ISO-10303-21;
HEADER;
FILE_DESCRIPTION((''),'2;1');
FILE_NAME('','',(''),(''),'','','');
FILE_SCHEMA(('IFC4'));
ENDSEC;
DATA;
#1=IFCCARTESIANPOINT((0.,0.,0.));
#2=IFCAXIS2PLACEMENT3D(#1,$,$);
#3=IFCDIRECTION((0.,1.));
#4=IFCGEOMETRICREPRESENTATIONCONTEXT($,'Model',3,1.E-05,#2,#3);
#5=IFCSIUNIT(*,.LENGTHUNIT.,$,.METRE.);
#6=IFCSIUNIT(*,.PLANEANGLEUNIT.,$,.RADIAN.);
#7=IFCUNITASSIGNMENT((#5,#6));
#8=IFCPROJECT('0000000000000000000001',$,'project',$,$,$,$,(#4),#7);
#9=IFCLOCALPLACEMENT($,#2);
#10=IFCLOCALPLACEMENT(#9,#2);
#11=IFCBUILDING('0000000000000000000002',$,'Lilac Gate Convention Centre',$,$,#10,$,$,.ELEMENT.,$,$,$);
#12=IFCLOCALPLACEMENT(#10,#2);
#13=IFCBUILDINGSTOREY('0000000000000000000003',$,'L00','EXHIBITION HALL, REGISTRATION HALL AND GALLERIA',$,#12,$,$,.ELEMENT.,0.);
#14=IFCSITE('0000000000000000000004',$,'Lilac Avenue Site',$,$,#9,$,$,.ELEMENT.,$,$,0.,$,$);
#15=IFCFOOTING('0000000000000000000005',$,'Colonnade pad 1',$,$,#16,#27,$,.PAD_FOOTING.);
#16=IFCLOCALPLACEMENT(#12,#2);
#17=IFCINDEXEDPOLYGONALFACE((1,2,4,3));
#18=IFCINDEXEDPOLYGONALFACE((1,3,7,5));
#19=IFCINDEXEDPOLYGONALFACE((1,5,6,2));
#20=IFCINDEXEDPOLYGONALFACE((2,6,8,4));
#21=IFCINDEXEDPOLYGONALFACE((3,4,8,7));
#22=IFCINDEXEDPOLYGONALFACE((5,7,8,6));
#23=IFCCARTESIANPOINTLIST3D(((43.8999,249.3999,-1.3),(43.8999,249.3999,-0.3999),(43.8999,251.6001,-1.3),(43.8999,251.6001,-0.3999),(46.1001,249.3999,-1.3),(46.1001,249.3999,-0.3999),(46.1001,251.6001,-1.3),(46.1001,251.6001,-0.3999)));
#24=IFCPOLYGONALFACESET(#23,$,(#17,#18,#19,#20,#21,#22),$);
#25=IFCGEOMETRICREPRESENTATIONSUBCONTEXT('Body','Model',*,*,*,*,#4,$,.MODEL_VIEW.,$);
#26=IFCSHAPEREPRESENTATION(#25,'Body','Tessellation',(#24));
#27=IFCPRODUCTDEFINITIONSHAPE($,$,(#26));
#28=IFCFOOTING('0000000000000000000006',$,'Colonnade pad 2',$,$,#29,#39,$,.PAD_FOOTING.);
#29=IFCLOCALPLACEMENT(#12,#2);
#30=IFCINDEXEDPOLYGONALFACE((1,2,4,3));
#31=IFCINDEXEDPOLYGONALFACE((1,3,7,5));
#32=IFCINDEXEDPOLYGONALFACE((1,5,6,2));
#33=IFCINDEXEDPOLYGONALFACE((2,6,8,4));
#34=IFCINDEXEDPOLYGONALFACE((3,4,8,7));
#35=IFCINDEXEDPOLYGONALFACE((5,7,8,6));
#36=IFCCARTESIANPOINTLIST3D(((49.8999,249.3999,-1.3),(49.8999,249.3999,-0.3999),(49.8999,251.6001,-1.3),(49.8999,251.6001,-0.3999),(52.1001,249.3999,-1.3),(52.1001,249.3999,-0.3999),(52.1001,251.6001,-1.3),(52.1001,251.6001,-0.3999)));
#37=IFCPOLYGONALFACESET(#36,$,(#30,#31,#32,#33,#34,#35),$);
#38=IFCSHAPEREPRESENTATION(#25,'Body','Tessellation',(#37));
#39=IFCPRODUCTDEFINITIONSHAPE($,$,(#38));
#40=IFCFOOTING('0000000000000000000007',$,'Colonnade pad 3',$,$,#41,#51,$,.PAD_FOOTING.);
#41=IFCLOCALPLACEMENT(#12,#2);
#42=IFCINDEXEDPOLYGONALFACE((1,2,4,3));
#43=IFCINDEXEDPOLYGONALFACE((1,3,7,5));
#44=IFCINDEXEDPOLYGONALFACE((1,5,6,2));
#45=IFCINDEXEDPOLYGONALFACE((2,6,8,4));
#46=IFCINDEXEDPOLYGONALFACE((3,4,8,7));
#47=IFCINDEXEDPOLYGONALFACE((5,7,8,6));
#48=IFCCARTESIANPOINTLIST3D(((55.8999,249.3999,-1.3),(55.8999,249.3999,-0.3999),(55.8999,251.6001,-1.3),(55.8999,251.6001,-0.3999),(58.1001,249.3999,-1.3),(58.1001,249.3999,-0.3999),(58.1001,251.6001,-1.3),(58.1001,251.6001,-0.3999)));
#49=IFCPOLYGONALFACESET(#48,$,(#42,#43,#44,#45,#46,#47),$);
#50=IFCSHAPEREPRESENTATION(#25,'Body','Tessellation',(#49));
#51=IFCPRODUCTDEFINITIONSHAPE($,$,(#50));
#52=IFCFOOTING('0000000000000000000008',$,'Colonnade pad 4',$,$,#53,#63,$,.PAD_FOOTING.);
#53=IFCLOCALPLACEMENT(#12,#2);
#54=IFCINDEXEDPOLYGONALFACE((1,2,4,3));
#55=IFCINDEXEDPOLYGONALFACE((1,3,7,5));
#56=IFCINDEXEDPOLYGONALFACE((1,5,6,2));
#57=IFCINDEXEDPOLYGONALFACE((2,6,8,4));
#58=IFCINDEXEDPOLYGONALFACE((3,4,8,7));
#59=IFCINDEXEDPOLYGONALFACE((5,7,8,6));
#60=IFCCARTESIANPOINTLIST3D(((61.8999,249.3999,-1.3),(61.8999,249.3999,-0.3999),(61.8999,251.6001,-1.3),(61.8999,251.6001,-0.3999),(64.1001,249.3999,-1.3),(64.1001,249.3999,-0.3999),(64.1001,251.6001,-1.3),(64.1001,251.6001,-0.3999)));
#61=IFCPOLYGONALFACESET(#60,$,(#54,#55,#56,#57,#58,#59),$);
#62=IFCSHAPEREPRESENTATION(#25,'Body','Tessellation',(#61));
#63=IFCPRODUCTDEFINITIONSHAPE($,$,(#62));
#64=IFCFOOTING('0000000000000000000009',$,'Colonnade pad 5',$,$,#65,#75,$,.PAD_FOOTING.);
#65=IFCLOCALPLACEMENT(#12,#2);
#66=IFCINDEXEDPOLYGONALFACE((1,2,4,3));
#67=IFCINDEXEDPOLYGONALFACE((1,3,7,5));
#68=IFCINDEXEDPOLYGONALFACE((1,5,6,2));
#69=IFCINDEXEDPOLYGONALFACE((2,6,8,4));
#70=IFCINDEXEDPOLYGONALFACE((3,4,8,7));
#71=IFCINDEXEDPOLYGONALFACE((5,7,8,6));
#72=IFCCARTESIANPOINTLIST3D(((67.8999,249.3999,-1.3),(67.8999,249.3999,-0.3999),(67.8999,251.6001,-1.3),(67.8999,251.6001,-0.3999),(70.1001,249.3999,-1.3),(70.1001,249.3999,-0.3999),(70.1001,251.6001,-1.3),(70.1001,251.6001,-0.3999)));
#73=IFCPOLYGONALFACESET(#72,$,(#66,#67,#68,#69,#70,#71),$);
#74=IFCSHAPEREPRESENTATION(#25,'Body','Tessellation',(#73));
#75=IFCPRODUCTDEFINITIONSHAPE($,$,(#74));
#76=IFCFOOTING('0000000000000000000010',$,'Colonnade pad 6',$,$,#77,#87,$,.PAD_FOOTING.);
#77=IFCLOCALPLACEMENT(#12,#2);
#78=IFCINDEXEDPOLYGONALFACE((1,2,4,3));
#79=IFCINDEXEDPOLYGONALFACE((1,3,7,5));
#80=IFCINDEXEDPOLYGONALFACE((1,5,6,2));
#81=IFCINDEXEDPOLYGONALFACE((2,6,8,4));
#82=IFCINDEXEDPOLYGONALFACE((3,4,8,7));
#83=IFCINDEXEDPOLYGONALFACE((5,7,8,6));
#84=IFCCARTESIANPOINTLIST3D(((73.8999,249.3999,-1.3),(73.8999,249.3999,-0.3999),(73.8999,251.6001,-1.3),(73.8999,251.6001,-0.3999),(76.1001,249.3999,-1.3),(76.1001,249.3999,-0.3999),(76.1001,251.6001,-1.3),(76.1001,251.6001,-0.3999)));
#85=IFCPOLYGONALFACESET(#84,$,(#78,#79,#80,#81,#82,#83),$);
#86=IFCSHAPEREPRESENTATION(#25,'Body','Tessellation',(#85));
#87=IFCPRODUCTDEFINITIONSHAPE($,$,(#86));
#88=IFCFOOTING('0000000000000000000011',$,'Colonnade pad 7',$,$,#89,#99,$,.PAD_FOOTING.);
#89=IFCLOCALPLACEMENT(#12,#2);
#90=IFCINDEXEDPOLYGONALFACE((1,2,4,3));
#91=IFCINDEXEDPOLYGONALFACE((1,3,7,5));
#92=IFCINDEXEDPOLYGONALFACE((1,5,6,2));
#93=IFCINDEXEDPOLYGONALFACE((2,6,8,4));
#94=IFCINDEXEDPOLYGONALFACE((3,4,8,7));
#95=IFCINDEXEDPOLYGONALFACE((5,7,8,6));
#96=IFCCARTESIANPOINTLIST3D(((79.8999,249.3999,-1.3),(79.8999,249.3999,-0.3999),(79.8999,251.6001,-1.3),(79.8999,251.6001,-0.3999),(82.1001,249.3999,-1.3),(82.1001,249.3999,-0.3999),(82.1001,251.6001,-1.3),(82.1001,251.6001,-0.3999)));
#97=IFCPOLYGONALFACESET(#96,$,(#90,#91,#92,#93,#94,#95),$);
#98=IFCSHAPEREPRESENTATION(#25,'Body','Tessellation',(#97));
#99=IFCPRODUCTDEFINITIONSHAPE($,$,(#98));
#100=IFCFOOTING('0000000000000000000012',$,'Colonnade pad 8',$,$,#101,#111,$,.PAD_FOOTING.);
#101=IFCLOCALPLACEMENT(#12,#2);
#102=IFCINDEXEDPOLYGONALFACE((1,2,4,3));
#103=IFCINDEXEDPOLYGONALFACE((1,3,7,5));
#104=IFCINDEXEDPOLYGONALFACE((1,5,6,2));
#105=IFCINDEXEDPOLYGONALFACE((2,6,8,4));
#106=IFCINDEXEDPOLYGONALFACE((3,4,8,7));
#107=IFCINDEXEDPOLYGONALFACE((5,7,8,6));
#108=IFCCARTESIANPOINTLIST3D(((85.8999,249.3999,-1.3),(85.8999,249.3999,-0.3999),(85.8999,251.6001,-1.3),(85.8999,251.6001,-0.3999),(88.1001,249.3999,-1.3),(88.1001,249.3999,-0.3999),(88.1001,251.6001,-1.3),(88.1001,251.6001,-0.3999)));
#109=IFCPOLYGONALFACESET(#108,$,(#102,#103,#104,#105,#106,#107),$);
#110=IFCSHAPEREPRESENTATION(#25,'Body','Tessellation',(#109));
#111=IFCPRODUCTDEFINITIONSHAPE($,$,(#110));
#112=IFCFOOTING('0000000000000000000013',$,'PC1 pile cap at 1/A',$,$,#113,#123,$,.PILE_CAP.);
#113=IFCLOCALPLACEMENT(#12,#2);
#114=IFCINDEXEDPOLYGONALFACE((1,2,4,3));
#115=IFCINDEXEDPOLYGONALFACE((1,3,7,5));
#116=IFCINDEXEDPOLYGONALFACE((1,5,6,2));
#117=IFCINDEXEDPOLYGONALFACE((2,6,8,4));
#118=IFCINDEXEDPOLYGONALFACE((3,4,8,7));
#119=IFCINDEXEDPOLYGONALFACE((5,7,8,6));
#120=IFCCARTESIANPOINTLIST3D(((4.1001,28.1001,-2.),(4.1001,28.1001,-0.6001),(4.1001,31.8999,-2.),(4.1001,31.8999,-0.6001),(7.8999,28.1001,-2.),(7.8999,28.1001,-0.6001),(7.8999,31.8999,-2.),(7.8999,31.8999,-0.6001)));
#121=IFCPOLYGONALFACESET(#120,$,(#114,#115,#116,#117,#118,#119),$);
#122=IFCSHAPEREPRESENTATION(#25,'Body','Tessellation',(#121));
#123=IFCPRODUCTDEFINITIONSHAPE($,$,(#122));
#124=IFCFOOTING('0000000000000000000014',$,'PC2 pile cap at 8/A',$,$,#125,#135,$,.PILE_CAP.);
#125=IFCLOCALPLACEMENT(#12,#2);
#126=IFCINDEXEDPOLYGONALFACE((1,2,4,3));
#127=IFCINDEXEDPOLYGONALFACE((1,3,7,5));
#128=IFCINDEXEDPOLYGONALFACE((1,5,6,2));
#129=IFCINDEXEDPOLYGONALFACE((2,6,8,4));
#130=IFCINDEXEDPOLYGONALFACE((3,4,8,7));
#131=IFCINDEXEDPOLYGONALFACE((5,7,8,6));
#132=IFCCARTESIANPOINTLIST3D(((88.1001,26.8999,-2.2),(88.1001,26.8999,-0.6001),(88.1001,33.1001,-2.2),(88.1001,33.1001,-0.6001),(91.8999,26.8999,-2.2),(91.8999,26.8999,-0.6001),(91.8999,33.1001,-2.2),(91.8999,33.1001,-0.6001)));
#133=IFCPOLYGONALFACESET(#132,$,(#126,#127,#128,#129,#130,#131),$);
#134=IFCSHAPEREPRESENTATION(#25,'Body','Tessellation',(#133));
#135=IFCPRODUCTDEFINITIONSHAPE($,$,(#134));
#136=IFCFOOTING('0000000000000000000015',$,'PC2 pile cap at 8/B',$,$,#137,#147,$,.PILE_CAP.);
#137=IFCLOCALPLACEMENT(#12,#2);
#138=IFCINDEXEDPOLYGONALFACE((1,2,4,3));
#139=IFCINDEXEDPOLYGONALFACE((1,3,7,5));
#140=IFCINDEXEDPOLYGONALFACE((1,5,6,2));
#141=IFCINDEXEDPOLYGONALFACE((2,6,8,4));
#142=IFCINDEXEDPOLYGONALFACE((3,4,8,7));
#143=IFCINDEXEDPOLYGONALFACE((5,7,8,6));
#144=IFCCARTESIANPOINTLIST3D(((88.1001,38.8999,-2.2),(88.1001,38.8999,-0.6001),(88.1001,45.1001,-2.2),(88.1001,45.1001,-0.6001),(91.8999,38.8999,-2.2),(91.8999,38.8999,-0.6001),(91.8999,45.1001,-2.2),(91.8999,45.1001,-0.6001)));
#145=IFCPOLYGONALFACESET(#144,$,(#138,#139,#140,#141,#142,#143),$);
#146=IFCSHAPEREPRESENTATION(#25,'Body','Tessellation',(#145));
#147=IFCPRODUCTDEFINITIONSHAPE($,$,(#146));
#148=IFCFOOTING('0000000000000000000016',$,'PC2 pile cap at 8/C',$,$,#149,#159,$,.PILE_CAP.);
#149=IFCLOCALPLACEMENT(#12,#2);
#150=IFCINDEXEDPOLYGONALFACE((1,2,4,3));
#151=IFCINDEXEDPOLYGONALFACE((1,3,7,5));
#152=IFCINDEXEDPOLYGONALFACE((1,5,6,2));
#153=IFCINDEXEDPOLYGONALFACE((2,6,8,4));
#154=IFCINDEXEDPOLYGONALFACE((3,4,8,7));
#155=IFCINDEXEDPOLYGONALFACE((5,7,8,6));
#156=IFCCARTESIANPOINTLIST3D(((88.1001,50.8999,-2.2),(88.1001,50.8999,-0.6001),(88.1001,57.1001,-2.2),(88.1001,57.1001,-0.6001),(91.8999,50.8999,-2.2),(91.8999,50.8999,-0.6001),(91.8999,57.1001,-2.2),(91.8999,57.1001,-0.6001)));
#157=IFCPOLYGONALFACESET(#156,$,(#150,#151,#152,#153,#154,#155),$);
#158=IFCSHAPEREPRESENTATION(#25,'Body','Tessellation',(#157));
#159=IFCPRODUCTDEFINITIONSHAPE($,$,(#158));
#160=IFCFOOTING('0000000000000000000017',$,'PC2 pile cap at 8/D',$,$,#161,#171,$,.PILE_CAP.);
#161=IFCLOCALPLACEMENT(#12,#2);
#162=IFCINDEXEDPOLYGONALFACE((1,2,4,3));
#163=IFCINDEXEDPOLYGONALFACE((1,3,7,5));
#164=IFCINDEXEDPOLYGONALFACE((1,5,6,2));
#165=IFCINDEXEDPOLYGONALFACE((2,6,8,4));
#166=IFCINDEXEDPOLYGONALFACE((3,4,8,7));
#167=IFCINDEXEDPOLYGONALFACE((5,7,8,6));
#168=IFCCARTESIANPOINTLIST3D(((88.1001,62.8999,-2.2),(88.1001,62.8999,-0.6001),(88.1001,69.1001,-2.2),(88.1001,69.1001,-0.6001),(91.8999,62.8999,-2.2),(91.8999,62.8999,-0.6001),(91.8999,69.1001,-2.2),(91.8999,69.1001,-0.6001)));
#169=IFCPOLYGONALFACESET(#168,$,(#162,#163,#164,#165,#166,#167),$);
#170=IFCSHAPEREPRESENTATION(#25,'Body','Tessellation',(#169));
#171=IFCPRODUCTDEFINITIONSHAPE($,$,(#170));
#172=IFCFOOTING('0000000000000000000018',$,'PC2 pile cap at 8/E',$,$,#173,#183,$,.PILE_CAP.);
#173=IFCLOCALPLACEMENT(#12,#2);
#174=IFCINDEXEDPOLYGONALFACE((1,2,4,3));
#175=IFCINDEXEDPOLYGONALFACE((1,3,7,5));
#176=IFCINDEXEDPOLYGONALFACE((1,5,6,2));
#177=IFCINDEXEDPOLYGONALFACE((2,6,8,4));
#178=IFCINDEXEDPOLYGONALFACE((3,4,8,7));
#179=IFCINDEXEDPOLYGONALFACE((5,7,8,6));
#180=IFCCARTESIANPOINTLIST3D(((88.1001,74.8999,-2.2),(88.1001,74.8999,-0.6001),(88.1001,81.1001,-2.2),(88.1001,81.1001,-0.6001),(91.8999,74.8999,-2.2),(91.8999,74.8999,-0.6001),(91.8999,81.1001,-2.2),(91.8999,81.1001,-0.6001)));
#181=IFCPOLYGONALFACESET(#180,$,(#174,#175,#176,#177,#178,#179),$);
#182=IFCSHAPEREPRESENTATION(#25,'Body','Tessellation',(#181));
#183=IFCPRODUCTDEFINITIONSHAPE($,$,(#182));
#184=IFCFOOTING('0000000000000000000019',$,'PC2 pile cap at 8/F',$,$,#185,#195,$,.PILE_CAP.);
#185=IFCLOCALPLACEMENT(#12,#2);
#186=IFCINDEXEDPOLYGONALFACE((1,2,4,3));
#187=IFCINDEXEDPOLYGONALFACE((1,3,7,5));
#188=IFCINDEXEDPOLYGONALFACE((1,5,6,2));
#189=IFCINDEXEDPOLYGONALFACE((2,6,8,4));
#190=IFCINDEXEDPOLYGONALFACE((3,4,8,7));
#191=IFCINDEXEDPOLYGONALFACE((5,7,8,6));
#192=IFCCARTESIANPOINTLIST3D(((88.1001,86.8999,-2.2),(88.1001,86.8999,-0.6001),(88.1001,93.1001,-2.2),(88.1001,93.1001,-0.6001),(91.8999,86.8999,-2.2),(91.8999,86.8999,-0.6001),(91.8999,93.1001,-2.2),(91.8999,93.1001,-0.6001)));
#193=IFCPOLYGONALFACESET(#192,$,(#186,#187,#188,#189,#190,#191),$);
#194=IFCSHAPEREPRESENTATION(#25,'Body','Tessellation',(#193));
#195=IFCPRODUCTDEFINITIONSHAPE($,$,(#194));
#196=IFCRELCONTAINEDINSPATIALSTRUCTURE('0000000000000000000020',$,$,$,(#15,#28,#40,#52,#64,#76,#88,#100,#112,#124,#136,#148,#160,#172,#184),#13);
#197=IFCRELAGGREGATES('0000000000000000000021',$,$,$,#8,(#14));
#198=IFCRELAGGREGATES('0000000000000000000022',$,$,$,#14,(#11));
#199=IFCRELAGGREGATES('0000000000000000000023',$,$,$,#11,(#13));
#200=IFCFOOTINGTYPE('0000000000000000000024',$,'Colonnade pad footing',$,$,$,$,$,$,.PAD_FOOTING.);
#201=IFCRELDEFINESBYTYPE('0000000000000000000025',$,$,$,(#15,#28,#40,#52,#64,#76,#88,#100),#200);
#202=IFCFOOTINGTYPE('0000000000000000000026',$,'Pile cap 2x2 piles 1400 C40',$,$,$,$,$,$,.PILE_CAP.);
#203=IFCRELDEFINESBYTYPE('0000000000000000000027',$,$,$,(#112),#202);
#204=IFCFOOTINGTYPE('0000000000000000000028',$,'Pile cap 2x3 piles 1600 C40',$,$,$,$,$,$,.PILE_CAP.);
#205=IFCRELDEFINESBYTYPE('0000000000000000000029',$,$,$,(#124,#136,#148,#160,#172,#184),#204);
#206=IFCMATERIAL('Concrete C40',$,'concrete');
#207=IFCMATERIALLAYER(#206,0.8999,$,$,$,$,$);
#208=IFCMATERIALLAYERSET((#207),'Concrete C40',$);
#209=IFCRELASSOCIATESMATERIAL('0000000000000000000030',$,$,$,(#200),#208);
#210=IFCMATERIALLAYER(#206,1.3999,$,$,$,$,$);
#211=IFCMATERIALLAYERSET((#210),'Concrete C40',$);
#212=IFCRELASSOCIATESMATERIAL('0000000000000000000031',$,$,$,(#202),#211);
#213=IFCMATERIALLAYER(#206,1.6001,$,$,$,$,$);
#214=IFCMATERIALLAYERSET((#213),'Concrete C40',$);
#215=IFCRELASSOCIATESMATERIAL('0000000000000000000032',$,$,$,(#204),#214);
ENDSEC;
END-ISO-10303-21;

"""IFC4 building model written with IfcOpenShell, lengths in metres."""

from ifc_helpers import new_model, si_unit, direction, frame, origin, place, context, subcontext, project, spatial, polyline, outline, extrude, material, layer, layer_set, type_object, element, save


model = new_model("IFC4")

# Units and contexts
model_context = context("Model", 3, precision=1e-05, world=origin(), true_north=direction((0.0, 1.0)))
body_context = subcontext(model_context, "Body", "Model", "MODEL_VIEW")
ifc_project = project(units=[si_unit("LENGTHUNIT", "METRE"), si_unit("PLANEANGLEUNIT", "RADIAN")], contexts=[model_context])

# Site, building, storey
site_placement = place(None, origin())
site = spatial("IfcSite", under=ifc_project, at=site_placement, Name="Lilac Avenue Site", CompositionType="ELEMENT", RefElevation=0.0)
building_placement = place(site_placement, origin())
building = spatial("IfcBuilding", under=site, at=building_placement, Name="Lilac Gate Convention Centre", CompositionType="ELEMENT")
storey_placement = place(building_placement, origin())
storey = spatial("IfcBuildingStorey", under=building, at=storey_placement, Name="L00", Description="EXHIBITION HALL, REGISTRATION HALL AND GALLERIA", CompositionType="ELEMENT", Elevation=0.0)

# Footings
ifc_material_1 = material(Name="Concrete C40", Category="concrete")
ifc_layer_1 = layer(ifc_material_1, 0.8999)
ifc_layer_set_1 = layer_set([ifc_layer_1], Name="Concrete C40")
footing_type_1 = type_object("IfcFootingType", Name="Colonnade pad footing", PredefinedType="PAD_FOOTING", material=ifc_layer_set_1)
footing_1_placement = place(storey_placement, frame((0.0, 0.0, -1.3)))
element("IfcFooting", 1, at=footing_1_placement, inside=storey, type_object=footing_type_1, Name="Colonnade pad 1", PredefinedType="PAD_FOOTING", context=body_context, shape_type="SweptSolid", body=[
    extrude(outline(polyline([(43.8999, 249.3999), (46.1001, 249.3999), (46.1001, 251.6001), (43.8999, 251.6001), (43.8999, 249.3999)])), origin(), (0.0, 0.0, 1.0), 0.9001),
])
footing_2_placement = place(storey_placement, frame((0.0, 0.0, -1.3)))
element("IfcFooting", 2, at=footing_2_placement, inside=storey, type_object=footing_type_1, Name="Colonnade pad 2", PredefinedType="PAD_FOOTING", context=body_context, shape_type="SweptSolid", body=[
    extrude(outline(polyline([(49.8999, 249.3999), (52.1001, 249.3999), (52.1001, 251.6001), (49.8999, 251.6001), (49.8999, 249.3999)])), origin(), (0.0, 0.0, 1.0), 0.9001),
])
footing_3_placement = place(storey_placement, frame((0.0, 0.0, -1.3)))
element("IfcFooting", 3, at=footing_3_placement, inside=storey, type_object=footing_type_1, Name="Colonnade pad 3", PredefinedType="PAD_FOOTING", context=body_context, shape_type="SweptSolid", body=[
    extrude(outline(polyline([(55.8999, 249.3999), (58.1001, 249.3999), (58.1001, 251.6001), (55.8999, 251.6001), (55.8999, 249.3999)])), origin(), (0.0, 0.0, 1.0), 0.9001),
])
footing_4_placement = place(storey_placement, frame((0.0, 0.0, -1.3)))
element("IfcFooting", 4, at=footing_4_placement, inside=storey, type_object=footing_type_1, Name="Colonnade pad 4", PredefinedType="PAD_FOOTING", context=body_context, shape_type="SweptSolid", body=[
    extrude(outline(polyline([(61.8999, 249.3999), (64.1001, 249.3999), (64.1001, 251.6001), (61.8999, 251.6001), (61.8999, 249.3999)])), origin(), (0.0, 0.0, 1.0), 0.9001),
])
footing_5_placement = place(storey_placement, frame((0.0, 0.0, -1.3)))
element("IfcFooting", 5, at=footing_5_placement, inside=storey, type_object=footing_type_1, Name="Colonnade pad 5", PredefinedType="PAD_FOOTING", context=body_context, shape_type="SweptSolid", body=[
    extrude(outline(polyline([(67.8999, 249.3999), (70.1001, 249.3999), (70.1001, 251.6001), (67.8999, 251.6001), (67.8999, 249.3999)])), origin(), (0.0, 0.0, 1.0), 0.9001),
])
footing_6_placement = place(storey_placement, frame((0.0, 0.0, -1.3)))
element("IfcFooting", 6, at=footing_6_placement, inside=storey, type_object=footing_type_1, Name="Colonnade pad 6", PredefinedType="PAD_FOOTING", context=body_context, shape_type="SweptSolid", body=[
    extrude(outline(polyline([(73.8999, 249.3999), (76.1001, 249.3999), (76.1001, 251.6001), (73.8999, 251.6001), (73.8999, 249.3999)])), origin(), (0.0, 0.0, 1.0), 0.9001),
])
footing_7_placement = place(storey_placement, frame((0.0, 0.0, -1.3)))
element("IfcFooting", 7, at=footing_7_placement, inside=storey, type_object=footing_type_1, Name="Colonnade pad 7", PredefinedType="PAD_FOOTING", context=body_context, shape_type="SweptSolid", body=[
    extrude(outline(polyline([(79.8999, 249.3999), (82.1001, 249.3999), (82.1001, 251.6001), (79.8999, 251.6001), (79.8999, 249.3999)])), origin(), (0.0, 0.0, 1.0), 0.9001),
])
footing_8_placement = place(storey_placement, frame((0.0, 0.0, -1.3)))
element("IfcFooting", 8, at=footing_8_placement, inside=storey, type_object=footing_type_1, Name="Colonnade pad 8", PredefinedType="PAD_FOOTING", context=body_context, shape_type="SweptSolid", body=[
    extrude(outline(polyline([(85.8999, 249.3999), (88.1001, 249.3999), (88.1001, 251.6001), (85.8999, 251.6001), (85.8999, 249.3999)])), origin(), (0.0, 0.0, 1.0), 0.9001),
])
ifc_layer_2 = layer(ifc_material_1, 1.3999)
ifc_layer_set_2 = layer_set([ifc_layer_2], Name="Concrete C40")
footing_type_2 = type_object("IfcFootingType", Name="Pile cap 2x2 piles 1400 C40", PredefinedType="PILE_CAP", material=ifc_layer_set_2)
footing_9_placement = place(storey_placement, frame((0.0, 0.0, -2.0)))
element("IfcFooting", 9, at=footing_9_placement, inside=storey, type_object=footing_type_2, Name="PC1 pile cap at 1/A", PredefinedType="PILE_CAP", context=body_context, shape_type="SweptSolid", body=[
    extrude(outline(polyline([(4.1001, 28.1001), (7.8999, 28.1001), (7.8999, 31.8999), (4.1001, 31.8999), (4.1001, 28.1001)])), origin(), (0.0, 0.0, 1.0), 1.3999),
])
ifc_layer_3 = layer(ifc_material_1, 1.6001)
ifc_layer_set_3 = layer_set([ifc_layer_3], Name="Concrete C40")
footing_type_3 = type_object("IfcFootingType", Name="Pile cap 2x3 piles 1600 C40", PredefinedType="PILE_CAP", material=ifc_layer_set_3)
footing_10_placement = place(storey_placement, frame((0.0, 0.0, -2.2)))
element("IfcFooting", 10, at=footing_10_placement, inside=storey, type_object=footing_type_3, Name="PC2 pile cap at 8/A", PredefinedType="PILE_CAP", context=body_context, shape_type="SweptSolid", body=[
    extrude(outline(polyline([(88.1001, 26.8999), (91.8999, 26.8999), (91.8999, 33.1001), (88.1001, 33.1001), (88.1001, 26.8999)])), origin(), (0.0, 0.0, 1.0), 1.5999),
])
footing_11_placement = place(storey_placement, frame((0.0, 0.0, -2.2)))
element("IfcFooting", 11, at=footing_11_placement, inside=storey, type_object=footing_type_3, Name="PC2 pile cap at 8/B", PredefinedType="PILE_CAP", context=body_context, shape_type="SweptSolid", body=[
    extrude(outline(polyline([(88.1001, 38.8999), (91.8999, 38.8999), (91.8999, 45.1001), (88.1001, 45.1001), (88.1001, 38.8999)])), origin(), (0.0, 0.0, 1.0), 1.5999),
])
footing_12_placement = place(storey_placement, frame((0.0, 0.0, -2.2)))
element("IfcFooting", 12, at=footing_12_placement, inside=storey, type_object=footing_type_3, Name="PC2 pile cap at 8/C", PredefinedType="PILE_CAP", context=body_context, shape_type="SweptSolid", body=[
    extrude(outline(polyline([(88.1001, 50.8999), (91.8999, 50.8999), (91.8999, 57.1001), (88.1001, 57.1001), (88.1001, 50.8999)])), origin(), (0.0, 0.0, 1.0), 1.5999),
])
footing_13_placement = place(storey_placement, frame((0.0, 0.0, -2.2)))
element("IfcFooting", 13, at=footing_13_placement, inside=storey, type_object=footing_type_3, Name="PC2 pile cap at 8/D", PredefinedType="PILE_CAP", context=body_context, shape_type="SweptSolid", body=[
    extrude(outline(polyline([(88.1001, 62.8999), (91.8999, 62.8999), (91.8999, 69.1001), (88.1001, 69.1001), (88.1001, 62.8999)])), origin(), (0.0, 0.0, 1.0), 1.5999),
])
footing_14_placement = place(storey_placement, frame((0.0, 0.0, -2.2)))
element("IfcFooting", 14, at=footing_14_placement, inside=storey, type_object=footing_type_3, Name="PC2 pile cap at 8/E", PredefinedType="PILE_CAP", context=body_context, shape_type="SweptSolid", body=[
    extrude(outline(polyline([(88.1001, 74.8999), (91.8999, 74.8999), (91.8999, 81.1001), (88.1001, 81.1001), (88.1001, 74.8999)])), origin(), (0.0, 0.0, 1.0), 1.5999),
])
footing_15_placement = place(storey_placement, frame((0.0, 0.0, -2.2)))
element("IfcFooting", 15, at=footing_15_placement, inside=storey, type_object=footing_type_3, Name="PC2 pile cap at 8/F", PredefinedType="PILE_CAP", context=body_context, shape_type="SweptSolid", body=[
    extrude(outline(polyline([(88.1001, 86.8999), (91.8999, 86.8999), (91.8999, 93.1001), (88.1001, 93.1001), (88.1001, 86.8999)])), origin(), (0.0, 0.0, 1.0), 1.5999),
])

save(model, "model.ifc")
